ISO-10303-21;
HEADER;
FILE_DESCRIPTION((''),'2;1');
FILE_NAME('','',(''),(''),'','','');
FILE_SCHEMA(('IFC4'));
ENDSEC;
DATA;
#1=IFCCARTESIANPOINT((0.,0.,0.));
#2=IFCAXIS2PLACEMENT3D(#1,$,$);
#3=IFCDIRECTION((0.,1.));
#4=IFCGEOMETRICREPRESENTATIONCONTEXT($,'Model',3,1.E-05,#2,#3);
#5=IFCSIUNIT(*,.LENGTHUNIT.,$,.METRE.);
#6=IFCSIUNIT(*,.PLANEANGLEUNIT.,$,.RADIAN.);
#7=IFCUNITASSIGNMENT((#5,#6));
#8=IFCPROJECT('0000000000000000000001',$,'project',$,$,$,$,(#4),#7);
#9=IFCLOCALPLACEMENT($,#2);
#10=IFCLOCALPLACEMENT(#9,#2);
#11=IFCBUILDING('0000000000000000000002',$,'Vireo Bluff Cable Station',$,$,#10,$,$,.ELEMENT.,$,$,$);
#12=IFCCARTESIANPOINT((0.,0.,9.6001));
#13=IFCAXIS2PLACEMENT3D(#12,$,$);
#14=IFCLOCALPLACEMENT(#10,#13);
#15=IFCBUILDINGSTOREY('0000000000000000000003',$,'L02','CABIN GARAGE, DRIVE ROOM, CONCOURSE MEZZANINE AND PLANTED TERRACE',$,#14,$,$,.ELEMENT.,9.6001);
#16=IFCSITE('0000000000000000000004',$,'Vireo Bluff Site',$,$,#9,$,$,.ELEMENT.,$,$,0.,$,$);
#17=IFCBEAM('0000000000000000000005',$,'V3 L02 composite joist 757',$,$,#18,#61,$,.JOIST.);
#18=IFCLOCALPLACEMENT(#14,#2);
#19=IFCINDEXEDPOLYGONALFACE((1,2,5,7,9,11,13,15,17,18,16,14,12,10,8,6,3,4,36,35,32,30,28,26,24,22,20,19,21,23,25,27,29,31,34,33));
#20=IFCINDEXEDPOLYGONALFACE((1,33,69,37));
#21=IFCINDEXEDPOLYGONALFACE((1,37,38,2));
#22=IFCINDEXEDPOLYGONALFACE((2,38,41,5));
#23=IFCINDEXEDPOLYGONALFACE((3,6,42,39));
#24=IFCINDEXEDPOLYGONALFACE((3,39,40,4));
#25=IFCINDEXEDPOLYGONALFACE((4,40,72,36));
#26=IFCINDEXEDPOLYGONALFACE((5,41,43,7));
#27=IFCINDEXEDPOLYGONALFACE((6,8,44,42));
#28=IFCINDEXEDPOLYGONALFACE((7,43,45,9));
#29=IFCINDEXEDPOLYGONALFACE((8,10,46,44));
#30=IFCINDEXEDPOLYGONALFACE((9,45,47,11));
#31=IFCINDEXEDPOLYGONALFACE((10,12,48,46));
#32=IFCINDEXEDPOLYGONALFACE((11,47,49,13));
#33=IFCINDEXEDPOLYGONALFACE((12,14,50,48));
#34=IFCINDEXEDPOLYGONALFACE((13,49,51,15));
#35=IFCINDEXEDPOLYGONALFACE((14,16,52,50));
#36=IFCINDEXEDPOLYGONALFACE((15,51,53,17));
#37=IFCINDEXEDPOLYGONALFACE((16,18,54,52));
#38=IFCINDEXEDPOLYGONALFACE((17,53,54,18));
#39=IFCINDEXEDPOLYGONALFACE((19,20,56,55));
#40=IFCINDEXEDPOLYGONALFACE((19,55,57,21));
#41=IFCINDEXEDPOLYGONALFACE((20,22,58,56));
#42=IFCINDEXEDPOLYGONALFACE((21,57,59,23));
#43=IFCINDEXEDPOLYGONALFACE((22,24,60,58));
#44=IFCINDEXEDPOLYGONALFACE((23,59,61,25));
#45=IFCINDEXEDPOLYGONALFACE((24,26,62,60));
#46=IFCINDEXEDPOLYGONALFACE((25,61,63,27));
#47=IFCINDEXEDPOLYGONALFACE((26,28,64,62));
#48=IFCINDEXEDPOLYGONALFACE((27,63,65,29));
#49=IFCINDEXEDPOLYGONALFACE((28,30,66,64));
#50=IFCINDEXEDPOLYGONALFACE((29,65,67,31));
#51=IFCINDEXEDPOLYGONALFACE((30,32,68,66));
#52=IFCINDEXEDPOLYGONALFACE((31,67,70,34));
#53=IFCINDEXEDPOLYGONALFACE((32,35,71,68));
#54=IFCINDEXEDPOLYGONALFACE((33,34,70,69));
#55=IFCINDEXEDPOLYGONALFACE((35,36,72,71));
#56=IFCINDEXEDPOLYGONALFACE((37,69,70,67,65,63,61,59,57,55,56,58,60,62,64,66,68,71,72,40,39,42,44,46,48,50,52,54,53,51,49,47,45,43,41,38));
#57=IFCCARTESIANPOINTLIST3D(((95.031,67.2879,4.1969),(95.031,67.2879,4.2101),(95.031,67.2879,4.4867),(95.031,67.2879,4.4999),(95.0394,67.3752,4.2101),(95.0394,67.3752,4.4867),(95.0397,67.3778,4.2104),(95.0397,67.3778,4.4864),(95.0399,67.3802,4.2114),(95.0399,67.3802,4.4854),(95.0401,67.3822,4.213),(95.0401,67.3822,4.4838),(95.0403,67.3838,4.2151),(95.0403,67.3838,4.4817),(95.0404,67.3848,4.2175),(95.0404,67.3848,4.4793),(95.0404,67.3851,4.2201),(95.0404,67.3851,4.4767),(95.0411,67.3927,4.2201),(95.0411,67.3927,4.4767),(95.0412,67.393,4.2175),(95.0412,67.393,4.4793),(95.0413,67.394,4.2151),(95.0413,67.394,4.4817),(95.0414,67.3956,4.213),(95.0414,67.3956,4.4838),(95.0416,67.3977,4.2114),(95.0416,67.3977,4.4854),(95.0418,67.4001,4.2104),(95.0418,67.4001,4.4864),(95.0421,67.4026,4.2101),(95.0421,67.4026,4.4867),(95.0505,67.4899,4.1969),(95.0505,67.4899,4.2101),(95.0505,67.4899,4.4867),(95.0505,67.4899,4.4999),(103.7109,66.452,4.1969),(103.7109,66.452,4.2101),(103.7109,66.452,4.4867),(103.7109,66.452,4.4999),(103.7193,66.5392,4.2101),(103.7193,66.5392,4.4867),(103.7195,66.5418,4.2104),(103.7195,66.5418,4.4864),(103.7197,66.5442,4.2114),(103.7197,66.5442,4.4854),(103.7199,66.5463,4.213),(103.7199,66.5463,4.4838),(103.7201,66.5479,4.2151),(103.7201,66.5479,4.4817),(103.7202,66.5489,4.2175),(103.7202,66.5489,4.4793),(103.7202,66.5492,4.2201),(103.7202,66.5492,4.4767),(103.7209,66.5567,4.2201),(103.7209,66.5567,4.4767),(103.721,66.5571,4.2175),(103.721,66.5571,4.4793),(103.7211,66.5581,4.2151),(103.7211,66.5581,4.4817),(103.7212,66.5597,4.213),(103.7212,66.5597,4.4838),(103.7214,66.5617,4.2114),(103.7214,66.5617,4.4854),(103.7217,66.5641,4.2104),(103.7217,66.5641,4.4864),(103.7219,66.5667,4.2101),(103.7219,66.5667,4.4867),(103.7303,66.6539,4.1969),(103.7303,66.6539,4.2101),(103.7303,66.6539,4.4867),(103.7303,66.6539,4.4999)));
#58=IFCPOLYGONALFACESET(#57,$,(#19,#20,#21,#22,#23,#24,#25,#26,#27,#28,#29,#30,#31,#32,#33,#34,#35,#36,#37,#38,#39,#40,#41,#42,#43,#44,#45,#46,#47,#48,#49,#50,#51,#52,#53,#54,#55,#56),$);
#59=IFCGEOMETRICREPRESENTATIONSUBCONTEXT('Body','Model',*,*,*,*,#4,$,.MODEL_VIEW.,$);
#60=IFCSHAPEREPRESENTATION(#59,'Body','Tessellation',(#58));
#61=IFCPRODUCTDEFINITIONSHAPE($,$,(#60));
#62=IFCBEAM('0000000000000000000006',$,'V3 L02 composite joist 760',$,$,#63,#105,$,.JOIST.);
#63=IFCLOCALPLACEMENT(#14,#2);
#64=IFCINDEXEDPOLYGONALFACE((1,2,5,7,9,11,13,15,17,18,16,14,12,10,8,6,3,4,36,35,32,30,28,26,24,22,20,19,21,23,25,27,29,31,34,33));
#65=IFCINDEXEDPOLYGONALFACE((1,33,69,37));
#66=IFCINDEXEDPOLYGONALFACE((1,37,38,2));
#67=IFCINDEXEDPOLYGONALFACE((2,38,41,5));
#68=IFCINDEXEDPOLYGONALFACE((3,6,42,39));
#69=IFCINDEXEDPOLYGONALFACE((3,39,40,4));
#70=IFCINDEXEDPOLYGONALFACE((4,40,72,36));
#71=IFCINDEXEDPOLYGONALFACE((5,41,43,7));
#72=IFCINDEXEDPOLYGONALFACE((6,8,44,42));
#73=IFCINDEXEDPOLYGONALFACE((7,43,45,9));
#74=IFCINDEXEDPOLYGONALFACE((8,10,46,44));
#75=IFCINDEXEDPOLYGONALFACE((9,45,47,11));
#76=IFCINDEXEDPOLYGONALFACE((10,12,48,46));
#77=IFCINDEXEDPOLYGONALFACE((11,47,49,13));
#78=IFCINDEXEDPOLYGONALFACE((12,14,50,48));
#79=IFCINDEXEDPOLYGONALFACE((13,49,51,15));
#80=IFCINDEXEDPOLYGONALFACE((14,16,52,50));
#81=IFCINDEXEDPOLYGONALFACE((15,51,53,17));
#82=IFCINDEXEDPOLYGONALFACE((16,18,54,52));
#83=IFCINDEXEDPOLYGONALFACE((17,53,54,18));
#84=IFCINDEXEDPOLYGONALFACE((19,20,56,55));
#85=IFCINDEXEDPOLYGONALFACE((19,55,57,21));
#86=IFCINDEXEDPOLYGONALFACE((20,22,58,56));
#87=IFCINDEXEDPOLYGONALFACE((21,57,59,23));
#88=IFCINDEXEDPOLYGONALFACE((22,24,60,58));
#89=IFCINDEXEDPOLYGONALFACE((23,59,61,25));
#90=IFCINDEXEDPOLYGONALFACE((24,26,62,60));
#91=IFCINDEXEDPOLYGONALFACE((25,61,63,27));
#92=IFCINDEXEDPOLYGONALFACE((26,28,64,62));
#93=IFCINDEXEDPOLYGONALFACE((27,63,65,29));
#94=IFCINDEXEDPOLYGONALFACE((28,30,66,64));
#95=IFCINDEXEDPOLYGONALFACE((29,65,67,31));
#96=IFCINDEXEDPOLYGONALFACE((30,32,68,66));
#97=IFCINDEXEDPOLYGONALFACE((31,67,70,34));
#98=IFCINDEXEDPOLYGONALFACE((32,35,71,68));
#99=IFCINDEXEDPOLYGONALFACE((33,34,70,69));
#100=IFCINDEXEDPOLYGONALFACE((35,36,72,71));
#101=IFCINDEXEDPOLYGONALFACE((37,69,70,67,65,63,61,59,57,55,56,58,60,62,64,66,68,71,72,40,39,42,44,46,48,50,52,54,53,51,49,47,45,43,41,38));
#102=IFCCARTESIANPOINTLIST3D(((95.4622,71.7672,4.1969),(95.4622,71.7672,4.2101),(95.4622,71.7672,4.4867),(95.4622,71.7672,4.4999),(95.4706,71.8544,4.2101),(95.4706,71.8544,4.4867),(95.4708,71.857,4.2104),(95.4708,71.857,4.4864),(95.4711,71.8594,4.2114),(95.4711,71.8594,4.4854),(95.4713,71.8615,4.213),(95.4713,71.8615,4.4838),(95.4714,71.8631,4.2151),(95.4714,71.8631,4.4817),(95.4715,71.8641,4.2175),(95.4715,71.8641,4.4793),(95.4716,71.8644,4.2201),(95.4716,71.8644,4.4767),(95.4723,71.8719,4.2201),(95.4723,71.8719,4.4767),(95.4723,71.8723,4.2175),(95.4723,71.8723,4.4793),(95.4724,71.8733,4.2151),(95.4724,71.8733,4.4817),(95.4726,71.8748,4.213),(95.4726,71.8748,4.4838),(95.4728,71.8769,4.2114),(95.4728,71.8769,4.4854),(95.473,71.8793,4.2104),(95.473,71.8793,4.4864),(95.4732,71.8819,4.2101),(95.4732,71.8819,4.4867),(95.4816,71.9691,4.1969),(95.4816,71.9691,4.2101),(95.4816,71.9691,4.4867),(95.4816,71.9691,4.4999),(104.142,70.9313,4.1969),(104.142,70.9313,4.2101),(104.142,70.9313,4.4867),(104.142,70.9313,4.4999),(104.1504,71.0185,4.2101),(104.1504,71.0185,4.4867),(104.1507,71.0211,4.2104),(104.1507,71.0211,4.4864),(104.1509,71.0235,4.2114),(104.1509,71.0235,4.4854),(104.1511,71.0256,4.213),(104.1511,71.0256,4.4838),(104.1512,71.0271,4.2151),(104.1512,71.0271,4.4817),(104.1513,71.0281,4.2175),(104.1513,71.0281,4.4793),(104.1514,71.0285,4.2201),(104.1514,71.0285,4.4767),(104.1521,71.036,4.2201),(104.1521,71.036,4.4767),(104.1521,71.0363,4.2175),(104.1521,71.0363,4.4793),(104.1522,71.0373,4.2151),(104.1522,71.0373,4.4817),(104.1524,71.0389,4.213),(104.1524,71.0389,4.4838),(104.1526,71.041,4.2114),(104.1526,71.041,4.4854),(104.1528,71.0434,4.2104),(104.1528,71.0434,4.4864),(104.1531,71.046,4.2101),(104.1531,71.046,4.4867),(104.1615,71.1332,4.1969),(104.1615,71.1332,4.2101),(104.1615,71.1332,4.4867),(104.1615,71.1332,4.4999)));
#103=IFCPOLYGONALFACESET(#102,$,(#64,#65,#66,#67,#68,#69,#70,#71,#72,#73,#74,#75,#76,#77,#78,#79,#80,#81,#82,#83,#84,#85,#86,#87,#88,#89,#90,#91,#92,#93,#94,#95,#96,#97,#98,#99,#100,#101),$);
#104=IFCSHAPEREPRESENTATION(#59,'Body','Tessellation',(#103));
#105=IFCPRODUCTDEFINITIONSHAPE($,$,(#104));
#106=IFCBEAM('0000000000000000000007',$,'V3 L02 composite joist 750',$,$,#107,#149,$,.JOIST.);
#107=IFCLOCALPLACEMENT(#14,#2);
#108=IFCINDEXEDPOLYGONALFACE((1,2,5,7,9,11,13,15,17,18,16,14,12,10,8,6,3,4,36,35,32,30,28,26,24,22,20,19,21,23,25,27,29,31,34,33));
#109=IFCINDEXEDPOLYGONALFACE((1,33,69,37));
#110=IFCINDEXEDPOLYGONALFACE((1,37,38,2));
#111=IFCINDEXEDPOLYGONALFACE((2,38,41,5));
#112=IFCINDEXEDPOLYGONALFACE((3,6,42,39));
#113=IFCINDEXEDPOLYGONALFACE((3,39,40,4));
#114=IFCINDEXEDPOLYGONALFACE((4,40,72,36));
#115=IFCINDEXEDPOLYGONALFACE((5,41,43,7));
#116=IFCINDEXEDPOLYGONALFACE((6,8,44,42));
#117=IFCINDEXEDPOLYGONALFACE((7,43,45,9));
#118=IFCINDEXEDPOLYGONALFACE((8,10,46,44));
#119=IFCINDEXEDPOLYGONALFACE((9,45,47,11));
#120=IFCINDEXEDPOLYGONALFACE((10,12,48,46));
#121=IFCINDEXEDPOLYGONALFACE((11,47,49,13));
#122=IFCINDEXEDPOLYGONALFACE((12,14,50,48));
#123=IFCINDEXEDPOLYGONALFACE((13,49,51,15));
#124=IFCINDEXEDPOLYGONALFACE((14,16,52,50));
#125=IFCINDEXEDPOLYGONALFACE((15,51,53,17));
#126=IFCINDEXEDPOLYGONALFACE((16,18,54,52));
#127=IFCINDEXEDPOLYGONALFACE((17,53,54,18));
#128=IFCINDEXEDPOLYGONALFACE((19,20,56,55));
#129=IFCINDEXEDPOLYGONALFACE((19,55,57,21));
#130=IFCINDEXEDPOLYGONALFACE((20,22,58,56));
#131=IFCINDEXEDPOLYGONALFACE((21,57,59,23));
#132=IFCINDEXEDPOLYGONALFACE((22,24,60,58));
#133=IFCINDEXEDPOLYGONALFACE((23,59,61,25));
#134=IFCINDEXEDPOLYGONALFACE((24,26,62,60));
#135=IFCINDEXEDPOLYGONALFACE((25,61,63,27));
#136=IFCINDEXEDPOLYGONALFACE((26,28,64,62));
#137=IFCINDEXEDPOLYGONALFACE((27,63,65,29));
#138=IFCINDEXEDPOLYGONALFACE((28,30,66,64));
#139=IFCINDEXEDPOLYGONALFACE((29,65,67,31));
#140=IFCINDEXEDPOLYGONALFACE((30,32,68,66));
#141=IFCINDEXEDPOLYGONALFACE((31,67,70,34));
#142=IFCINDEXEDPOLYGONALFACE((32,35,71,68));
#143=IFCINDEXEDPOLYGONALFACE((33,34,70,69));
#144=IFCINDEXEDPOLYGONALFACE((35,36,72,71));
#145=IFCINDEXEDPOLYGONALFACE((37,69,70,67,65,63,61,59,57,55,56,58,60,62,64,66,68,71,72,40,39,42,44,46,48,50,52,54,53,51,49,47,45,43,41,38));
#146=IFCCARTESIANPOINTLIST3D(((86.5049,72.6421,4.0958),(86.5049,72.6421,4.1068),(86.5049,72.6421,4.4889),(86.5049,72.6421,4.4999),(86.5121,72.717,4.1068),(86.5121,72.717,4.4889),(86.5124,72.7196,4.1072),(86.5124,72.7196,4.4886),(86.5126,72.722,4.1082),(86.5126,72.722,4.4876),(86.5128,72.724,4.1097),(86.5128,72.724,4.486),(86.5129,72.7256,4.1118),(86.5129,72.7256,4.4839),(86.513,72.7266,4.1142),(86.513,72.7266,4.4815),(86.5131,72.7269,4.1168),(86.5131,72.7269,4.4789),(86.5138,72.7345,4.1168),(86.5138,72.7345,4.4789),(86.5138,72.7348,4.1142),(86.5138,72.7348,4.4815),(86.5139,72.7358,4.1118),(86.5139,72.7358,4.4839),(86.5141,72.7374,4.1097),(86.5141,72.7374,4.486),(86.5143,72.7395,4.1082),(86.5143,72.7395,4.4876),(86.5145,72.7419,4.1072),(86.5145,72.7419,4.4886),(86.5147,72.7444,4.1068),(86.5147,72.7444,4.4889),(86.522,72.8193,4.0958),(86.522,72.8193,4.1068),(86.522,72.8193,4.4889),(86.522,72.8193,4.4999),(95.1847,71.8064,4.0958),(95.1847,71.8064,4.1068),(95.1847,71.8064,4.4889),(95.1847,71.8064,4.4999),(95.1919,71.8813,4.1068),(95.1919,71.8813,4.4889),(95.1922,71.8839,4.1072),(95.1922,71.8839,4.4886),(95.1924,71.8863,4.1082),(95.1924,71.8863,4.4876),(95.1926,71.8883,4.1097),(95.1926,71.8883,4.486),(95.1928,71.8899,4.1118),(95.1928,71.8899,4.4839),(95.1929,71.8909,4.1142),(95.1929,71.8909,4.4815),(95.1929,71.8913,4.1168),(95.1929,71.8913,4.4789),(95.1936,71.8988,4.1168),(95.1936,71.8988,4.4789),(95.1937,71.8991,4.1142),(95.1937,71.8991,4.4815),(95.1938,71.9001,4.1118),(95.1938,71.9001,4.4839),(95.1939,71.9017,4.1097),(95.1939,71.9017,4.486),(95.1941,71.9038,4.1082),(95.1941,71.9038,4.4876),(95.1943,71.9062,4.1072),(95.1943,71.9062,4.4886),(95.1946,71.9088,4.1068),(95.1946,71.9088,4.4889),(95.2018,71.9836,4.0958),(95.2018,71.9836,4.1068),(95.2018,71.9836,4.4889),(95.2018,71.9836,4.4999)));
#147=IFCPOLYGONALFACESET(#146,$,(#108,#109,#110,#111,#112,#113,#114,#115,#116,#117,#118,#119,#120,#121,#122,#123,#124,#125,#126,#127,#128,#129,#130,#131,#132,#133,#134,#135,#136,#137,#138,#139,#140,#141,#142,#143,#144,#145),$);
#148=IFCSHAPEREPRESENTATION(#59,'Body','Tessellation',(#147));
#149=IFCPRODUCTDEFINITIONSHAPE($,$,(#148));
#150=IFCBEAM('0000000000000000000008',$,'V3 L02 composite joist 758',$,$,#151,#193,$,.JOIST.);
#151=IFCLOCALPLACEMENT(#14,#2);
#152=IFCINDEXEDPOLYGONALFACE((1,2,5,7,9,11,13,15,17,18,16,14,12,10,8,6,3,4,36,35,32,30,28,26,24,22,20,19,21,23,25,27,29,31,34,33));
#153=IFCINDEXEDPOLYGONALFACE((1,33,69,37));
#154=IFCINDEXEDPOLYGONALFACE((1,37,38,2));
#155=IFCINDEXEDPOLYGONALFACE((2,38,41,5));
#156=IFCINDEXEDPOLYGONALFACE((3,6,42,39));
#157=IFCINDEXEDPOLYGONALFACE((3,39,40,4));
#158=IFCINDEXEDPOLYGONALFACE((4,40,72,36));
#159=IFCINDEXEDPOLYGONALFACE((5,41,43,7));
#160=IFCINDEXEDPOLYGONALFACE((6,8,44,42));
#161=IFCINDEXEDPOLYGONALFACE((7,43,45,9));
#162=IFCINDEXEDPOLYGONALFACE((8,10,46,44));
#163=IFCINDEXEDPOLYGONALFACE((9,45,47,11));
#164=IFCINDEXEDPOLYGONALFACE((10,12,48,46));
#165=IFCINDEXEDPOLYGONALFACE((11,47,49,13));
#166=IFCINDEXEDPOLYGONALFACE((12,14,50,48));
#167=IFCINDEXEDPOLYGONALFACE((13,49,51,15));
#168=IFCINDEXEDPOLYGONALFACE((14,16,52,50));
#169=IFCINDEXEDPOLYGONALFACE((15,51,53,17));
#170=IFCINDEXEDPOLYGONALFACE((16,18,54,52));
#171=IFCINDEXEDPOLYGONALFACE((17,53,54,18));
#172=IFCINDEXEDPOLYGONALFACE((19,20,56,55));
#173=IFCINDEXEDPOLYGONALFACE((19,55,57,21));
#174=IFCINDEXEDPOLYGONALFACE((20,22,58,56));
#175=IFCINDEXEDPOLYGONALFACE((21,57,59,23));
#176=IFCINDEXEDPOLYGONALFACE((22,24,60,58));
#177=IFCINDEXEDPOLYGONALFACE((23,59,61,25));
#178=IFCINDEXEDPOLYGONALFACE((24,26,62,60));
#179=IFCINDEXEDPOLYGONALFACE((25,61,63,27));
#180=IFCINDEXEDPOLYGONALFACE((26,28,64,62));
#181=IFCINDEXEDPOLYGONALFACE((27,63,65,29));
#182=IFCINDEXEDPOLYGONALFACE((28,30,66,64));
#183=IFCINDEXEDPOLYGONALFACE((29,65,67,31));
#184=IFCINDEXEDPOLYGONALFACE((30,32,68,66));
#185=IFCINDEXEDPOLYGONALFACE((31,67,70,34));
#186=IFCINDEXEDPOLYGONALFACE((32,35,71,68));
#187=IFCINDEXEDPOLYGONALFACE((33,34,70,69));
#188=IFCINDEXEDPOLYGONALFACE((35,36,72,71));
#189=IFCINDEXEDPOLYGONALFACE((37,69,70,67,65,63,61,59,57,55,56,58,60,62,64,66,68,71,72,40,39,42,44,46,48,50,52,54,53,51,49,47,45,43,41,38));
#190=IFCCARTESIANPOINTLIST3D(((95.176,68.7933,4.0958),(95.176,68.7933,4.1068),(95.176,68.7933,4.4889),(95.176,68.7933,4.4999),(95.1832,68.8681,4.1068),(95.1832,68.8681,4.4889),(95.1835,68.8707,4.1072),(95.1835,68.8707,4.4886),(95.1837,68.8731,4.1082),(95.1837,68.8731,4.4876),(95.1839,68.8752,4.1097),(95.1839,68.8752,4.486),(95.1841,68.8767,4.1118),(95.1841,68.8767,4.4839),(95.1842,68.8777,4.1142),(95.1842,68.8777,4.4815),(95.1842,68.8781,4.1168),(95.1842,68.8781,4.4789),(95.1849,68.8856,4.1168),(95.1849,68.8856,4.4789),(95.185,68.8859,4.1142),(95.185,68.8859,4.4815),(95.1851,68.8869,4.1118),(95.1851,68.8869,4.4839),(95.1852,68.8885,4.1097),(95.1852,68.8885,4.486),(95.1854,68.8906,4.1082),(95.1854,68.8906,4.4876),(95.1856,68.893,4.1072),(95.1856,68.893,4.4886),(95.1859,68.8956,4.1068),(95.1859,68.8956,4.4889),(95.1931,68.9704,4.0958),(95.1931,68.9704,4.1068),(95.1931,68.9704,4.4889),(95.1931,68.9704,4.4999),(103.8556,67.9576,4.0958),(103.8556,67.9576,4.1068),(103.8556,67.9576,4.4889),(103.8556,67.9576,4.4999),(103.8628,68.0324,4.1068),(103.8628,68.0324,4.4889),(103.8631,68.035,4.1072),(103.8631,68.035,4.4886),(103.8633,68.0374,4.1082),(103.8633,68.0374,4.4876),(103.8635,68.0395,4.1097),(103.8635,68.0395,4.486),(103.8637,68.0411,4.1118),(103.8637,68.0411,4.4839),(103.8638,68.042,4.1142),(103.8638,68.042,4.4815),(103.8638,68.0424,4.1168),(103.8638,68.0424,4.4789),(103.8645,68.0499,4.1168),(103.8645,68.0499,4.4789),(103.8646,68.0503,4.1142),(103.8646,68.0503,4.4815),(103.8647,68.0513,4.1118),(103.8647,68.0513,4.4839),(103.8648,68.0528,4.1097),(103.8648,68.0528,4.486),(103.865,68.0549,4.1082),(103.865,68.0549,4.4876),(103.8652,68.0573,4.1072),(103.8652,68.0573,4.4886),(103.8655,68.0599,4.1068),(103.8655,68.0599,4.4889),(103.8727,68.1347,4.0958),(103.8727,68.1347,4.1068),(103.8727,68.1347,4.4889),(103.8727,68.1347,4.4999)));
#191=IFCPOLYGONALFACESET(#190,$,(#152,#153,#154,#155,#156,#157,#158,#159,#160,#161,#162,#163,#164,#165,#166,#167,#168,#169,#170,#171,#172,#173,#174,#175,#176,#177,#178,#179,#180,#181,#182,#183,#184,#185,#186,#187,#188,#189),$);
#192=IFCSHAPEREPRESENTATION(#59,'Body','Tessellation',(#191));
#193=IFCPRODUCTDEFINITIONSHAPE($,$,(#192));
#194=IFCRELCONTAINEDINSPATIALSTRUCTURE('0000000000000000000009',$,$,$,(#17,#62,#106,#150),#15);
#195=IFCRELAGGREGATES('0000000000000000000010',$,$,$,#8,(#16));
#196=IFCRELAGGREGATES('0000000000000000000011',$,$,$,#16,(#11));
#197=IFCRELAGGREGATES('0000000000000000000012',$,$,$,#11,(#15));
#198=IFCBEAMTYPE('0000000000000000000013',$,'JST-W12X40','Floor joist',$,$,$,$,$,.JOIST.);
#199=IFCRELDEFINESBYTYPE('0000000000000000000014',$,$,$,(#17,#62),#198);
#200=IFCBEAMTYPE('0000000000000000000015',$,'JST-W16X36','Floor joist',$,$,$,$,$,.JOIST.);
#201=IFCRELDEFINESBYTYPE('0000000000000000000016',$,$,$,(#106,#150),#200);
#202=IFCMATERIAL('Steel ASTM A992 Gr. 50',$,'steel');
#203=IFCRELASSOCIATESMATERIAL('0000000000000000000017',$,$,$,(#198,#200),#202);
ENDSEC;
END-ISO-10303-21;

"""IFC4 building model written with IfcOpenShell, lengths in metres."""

from ifc_helpers import new_model, si_unit, direction, frame, origin, origin_2d, place, context, subcontext, project, spatial, i_section, extrude, material, material_profile, profile_set, type_object, element, save


model = new_model("IFC4")

# Units and contexts
model_context = context("Model", 3, precision=1e-05, world=origin(), true_north=direction((0.0, 1.0)))
body_context = subcontext(model_context, "Body", "Model", "MODEL_VIEW")
ifc_project = project(units=[si_unit("LENGTHUNIT", "METRE"), si_unit("PLANEANGLEUNIT", "RADIAN")], contexts=[model_context])

# Site, building, storey
site_placement = place(None, origin())
site = spatial("IfcSite", under=ifc_project, at=site_placement, Name="Vireo Bluff Site", CompositionType="ELEMENT", RefElevation=0.0)
building_placement = place(site_placement, origin())
building = spatial("IfcBuilding", under=site, at=building_placement, Name="Vireo Bluff Cable Station", CompositionType="ELEMENT")
storey_placement = place(building_placement, frame((0.0, 0.0, 9.6001)))
storey = spatial("IfcBuildingStorey", under=building, at=storey_placement, Name="L02", Description="CABIN GARAGE, DRIVE ROOM, CONCOURSE MEZZANINE AND PLANTED TERRACE", CompositionType="ELEMENT", Elevation=9.6001)

# Shared definitions
ifc_material_1 = material(Name="Steel ASTM A992 Gr. 50", Category="steel")

# Beams
ifc_material_profile_1 = material_profile(ifc_material_1, i_section(OverallWidth=0.2029, OverallDepth=0.303, WebThickness=0.0076, FlangeThickness=0.0132, FilletRadius=0.01, at=origin_2d()), Name="W12X40")
ifc_profile_set_1 = profile_set([ifc_material_profile_1], Name="Steel ASTM A992 Gr. 50")
beam_type_1 = type_object("IfcBeamType", Name="JST-W12X40", Description="Floor joist", PredefinedType="JOIST", material=ifc_profile_set_1)
for number, where, z_axis, x_axis, name in (
    (1, (95.0408, 67.3889, 4.3484), (0.995394, -0.095866, 0.0), (0.095866, 0.995394, 0.0), "V3 L02 composite joist 757"),
    (2, (95.4719, 71.8682, 4.3484), (0.995395, -0.095863, 0.0), (0.095863, 0.995395, 0.0), "V3 L02 composite joist 760"),
):
    element("IfcBeam", number, at=place(storey_placement, frame(where, z_axis=z_axis, x_axis=x_axis)), inside=storey, type_object=beam_type_1, Name=name, PredefinedType="JOIST", context=body_context, shape_type="SweptSolid", body=[
        extrude(i_section(OverallWidth=0.2029, OverallDepth=0.303, WebThickness=0.0076, FlangeThickness=0.0132, FilletRadius=0.01, at=origin_2d()), origin(), (0.0, 0.0, 1.0), 8.72),
    ])
ifc_material_profile_2 = material_profile(ifc_material_1, i_section(OverallWidth=0.178, OverallDepth=0.4041, WebThickness=0.0076, FlangeThickness=0.011, FilletRadius=0.01, at=origin_2d()), Name="W16X36")
ifc_profile_set_2 = profile_set([ifc_material_profile_2], Name="Steel ASTM A992 Gr. 50")
beam_type_2 = type_object("IfcBeamType", Name="JST-W16X36", Description="Floor joist", PredefinedType="JOIST", material=ifc_profile_set_2)
beam_1_placement = place(storey_placement, frame((86.5134, 72.7307, 4.2979), z_axis=(0.995397, -0.095836, 0.0), x_axis=(0.095836, 0.995397, 0.0)))
element("IfcBeam", 3, at=beam_1_placement, inside=storey, type_object=beam_type_2, Name="V3 L02 composite joist 750", PredefinedType="JOIST", context=body_context, shape_type="SweptSolid", body=[
    extrude(i_section(OverallWidth=0.178, OverallDepth=0.4041, WebThickness=0.0076, FlangeThickness=0.011, FilletRadius=0.01, at=origin_2d()), origin(), (0.0, 0.0, 1.0), 8.72),
])
beam_2_placement = place(storey_placement, frame((95.1846, 68.8818, 4.2979), z_axis=(0.995397, -0.095838, 0.0), x_axis=(0.095838, 0.995397, 0.0)))
element("IfcBeam", 4, at=beam_2_placement, inside=storey, type_object=beam_type_2, Name="V3 L02 composite joist 758", PredefinedType="JOIST", context=body_context, shape_type="SweptSolid", body=[
    extrude(i_section(OverallWidth=0.178, OverallDepth=0.4041, WebThickness=0.0076, FlangeThickness=0.011, FilletRadius=0.01, at=origin_2d()), origin(), (0.0, 0.0, 1.0), 8.7197),
])

save(model, "model.ifc")
